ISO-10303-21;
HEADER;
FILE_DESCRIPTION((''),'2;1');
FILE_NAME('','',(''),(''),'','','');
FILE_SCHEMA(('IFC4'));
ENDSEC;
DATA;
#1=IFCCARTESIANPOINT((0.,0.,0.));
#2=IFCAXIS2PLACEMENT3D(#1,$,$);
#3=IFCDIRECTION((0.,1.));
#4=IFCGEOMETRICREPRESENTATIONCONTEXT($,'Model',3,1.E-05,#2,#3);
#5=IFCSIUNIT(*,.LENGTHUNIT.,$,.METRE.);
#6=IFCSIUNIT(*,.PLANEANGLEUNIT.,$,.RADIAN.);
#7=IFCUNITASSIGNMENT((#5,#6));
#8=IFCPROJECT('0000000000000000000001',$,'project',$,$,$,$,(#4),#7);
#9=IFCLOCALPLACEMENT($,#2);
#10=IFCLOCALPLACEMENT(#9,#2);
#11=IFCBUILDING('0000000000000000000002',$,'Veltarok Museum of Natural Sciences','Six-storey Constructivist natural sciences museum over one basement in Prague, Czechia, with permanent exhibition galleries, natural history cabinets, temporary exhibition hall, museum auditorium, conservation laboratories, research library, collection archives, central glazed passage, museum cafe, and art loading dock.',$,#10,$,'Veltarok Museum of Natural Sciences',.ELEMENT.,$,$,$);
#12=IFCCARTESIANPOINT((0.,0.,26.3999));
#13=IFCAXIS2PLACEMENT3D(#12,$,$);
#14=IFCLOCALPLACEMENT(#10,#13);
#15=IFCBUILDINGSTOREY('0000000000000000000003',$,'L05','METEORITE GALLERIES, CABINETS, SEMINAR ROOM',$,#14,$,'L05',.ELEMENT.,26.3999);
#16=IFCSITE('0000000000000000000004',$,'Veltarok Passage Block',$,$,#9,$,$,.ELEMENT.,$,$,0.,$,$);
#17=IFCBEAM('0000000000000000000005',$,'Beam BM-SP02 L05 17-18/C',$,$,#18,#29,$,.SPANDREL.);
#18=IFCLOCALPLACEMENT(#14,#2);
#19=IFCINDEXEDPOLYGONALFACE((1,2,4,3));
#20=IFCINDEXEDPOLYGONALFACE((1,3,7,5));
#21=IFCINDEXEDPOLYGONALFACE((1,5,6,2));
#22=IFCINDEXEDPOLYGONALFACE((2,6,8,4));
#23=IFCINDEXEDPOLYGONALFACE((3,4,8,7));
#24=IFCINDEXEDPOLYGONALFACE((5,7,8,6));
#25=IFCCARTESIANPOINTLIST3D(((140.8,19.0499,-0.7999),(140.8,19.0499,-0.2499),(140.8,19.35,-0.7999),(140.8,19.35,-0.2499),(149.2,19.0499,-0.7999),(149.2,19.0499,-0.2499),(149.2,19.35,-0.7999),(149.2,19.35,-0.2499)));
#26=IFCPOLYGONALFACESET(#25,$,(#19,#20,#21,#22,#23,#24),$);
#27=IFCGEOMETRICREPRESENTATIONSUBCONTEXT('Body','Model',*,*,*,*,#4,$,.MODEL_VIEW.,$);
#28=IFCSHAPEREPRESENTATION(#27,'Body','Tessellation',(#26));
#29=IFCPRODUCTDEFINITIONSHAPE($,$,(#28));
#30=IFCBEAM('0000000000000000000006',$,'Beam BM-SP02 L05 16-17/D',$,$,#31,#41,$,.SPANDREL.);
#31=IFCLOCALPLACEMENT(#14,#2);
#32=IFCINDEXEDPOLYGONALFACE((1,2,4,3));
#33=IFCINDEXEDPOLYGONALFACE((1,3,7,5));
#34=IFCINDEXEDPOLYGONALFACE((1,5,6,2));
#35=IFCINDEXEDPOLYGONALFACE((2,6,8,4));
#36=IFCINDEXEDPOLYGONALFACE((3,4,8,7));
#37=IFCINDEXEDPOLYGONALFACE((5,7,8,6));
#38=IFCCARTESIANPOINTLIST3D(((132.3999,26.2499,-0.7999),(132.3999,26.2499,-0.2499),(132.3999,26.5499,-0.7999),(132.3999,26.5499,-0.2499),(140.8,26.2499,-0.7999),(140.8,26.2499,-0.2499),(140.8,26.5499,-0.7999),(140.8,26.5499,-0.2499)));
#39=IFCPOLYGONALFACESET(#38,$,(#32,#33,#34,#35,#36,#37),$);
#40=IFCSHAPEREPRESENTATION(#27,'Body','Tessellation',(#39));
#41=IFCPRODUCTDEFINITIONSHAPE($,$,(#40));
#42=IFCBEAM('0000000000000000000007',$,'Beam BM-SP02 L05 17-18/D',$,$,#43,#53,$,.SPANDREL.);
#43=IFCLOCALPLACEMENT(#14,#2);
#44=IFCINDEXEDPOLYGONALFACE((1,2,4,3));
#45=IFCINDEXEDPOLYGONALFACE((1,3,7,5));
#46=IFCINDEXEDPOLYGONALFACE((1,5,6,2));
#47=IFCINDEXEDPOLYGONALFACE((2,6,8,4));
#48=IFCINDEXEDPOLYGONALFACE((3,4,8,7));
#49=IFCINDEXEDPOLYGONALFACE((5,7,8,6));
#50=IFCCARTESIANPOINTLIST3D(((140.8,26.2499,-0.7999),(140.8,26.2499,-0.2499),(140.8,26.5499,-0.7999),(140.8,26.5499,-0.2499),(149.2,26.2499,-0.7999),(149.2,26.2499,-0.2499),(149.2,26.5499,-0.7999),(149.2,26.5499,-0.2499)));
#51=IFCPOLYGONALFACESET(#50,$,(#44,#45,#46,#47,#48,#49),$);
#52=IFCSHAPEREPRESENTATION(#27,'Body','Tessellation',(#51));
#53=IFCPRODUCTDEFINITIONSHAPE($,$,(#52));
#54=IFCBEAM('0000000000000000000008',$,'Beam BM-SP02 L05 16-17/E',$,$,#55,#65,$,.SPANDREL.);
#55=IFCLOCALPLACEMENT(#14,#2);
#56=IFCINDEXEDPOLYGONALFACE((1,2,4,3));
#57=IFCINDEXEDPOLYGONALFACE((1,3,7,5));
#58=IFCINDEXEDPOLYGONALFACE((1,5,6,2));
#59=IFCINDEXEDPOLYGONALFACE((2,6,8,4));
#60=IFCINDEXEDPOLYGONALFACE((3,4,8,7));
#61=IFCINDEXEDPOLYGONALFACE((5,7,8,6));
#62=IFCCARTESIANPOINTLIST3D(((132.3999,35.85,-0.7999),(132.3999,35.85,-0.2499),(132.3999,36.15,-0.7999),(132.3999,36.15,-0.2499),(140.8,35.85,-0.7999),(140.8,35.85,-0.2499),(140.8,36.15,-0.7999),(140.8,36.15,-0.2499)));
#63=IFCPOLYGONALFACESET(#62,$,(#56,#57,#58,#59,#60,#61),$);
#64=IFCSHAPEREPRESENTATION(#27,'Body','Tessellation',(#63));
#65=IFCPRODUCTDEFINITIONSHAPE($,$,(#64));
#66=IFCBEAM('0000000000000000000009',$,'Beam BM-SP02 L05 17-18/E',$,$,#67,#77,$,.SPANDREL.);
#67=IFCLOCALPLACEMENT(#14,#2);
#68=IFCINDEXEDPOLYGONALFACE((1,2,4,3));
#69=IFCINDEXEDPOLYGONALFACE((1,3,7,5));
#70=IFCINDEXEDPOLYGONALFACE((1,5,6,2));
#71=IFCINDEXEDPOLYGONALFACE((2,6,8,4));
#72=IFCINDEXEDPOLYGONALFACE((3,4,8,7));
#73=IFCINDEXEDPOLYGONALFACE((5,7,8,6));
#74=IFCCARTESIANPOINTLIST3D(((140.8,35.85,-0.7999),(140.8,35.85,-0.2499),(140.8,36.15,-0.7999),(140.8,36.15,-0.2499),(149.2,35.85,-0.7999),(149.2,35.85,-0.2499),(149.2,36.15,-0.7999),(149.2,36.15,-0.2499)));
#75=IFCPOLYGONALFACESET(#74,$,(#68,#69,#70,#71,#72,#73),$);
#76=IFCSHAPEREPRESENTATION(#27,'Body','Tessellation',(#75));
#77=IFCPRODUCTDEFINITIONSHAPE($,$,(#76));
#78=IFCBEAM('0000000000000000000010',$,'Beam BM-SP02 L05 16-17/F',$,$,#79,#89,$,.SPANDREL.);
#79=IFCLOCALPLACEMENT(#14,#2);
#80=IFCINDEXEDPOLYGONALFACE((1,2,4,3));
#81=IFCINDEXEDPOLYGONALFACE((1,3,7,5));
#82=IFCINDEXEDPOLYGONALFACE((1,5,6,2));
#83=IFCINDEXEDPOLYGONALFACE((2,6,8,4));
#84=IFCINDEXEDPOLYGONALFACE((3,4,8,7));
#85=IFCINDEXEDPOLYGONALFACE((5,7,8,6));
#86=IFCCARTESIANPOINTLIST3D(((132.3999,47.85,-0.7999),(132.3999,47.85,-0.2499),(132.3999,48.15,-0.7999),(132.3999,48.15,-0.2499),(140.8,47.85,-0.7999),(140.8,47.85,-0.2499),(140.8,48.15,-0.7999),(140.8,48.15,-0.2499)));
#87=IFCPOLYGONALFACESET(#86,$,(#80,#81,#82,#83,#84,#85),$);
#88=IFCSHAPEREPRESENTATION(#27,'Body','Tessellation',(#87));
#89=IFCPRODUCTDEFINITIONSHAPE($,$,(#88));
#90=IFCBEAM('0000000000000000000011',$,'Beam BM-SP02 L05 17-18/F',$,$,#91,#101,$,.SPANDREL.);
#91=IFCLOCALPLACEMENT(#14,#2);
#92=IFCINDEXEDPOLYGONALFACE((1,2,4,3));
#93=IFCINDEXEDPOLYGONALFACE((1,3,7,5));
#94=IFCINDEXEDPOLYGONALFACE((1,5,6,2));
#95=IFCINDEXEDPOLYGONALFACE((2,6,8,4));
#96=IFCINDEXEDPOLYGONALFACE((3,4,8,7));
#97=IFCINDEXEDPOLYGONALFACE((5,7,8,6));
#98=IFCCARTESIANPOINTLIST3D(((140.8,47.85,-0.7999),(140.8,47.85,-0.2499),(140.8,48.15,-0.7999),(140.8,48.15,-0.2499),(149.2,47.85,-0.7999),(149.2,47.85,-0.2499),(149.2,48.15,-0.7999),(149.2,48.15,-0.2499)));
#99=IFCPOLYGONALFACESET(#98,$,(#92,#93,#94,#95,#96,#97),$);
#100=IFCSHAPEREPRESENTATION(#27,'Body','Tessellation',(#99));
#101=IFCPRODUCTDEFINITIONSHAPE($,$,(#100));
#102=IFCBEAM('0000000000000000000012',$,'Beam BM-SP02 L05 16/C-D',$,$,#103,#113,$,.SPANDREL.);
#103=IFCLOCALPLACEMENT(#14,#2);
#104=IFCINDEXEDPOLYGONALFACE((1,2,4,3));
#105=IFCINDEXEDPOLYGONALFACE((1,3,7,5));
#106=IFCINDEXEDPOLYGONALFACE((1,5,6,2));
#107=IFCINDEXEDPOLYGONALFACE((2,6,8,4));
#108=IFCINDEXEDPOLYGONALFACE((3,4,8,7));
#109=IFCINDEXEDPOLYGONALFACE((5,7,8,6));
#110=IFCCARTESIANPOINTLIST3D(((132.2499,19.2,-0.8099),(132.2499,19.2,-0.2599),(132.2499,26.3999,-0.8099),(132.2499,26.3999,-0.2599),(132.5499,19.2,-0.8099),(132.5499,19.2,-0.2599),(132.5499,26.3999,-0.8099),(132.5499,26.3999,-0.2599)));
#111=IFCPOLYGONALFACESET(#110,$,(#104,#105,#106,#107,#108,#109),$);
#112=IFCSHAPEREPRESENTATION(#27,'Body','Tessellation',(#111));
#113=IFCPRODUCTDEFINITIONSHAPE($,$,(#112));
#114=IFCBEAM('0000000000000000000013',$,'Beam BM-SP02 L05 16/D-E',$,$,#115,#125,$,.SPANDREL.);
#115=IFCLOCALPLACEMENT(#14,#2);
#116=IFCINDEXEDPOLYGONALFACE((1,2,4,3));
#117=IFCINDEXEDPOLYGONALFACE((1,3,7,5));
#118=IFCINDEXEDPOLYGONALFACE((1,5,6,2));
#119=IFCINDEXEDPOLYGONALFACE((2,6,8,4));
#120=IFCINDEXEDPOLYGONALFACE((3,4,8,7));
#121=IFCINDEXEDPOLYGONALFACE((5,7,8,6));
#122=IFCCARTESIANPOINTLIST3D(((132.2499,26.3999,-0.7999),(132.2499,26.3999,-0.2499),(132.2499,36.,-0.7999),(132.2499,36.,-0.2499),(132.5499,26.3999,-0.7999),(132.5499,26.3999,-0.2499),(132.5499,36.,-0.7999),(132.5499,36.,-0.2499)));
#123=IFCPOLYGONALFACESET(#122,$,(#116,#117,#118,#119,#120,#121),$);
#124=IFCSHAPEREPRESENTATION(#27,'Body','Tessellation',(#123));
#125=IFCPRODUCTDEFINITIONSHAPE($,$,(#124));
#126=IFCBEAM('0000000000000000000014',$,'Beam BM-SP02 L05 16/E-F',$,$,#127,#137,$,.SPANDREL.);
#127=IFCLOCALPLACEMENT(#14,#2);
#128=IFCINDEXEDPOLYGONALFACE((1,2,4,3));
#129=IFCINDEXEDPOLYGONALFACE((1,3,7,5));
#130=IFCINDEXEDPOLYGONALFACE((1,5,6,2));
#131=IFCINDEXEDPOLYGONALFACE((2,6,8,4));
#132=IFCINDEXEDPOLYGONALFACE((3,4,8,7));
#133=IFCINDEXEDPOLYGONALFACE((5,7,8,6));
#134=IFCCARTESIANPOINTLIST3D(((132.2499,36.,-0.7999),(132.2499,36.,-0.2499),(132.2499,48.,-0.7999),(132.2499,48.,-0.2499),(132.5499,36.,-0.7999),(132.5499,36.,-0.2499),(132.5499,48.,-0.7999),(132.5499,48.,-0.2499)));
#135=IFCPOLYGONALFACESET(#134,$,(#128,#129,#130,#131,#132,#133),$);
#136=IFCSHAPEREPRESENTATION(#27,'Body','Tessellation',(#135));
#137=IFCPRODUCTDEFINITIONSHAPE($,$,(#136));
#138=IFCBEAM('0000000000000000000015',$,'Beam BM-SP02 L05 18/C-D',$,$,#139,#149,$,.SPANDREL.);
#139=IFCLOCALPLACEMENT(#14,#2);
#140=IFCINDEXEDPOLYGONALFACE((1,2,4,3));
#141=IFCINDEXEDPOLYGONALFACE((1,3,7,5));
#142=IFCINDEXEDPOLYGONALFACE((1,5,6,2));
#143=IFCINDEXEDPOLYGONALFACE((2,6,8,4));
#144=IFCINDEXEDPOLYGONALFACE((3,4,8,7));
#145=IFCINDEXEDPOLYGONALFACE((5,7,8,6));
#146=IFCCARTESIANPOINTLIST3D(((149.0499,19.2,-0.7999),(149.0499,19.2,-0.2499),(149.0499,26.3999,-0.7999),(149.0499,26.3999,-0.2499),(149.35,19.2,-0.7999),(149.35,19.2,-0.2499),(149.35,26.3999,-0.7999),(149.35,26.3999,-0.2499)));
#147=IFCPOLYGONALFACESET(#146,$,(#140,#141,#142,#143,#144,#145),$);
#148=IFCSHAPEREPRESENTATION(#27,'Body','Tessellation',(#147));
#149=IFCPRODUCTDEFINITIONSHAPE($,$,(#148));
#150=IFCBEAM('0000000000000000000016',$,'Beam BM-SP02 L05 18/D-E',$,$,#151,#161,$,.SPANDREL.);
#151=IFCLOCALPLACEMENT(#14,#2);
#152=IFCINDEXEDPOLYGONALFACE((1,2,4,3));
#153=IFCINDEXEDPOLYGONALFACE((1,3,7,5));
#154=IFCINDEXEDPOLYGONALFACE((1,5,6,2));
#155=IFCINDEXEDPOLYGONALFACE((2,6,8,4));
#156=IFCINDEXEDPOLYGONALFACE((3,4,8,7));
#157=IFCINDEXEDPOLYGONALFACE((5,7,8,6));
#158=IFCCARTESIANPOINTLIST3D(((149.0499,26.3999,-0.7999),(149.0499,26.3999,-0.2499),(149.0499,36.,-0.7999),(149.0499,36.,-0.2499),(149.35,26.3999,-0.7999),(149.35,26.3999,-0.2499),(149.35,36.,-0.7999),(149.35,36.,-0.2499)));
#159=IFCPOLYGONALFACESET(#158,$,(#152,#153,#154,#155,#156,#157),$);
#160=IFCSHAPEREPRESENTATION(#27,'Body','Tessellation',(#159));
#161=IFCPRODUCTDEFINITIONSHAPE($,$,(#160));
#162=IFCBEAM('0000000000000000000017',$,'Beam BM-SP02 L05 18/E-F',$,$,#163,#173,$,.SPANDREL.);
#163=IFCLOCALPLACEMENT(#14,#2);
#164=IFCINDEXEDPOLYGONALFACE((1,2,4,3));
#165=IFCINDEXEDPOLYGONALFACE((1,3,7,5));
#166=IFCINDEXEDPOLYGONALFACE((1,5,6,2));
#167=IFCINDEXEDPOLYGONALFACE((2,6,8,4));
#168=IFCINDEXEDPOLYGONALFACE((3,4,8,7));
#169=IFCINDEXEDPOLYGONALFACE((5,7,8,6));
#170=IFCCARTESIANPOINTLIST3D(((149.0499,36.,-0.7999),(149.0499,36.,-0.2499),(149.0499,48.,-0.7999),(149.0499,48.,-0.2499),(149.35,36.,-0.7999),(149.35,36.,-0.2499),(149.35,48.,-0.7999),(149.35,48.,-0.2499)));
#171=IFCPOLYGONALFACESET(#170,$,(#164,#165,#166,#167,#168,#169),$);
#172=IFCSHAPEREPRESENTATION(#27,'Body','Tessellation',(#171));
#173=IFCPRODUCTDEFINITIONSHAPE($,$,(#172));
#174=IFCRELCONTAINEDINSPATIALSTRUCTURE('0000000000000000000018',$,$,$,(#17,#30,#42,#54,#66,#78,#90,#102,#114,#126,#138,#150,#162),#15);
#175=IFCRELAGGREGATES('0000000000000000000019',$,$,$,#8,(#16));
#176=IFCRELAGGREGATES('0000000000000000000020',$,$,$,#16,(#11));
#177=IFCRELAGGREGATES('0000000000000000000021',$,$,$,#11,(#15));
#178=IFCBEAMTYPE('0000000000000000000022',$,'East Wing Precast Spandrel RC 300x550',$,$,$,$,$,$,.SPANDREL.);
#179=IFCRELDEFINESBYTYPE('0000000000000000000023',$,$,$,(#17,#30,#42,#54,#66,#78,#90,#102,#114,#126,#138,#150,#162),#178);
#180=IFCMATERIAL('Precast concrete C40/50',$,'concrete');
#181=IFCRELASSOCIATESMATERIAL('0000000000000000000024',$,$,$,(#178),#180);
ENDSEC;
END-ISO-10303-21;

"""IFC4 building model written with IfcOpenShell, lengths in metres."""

from ifc_helpers import new_model, si_unit, direction, frame, origin, origin_2d, place, context, subcontext, project, spatial, rectangle, extrude, material, material_profile, profile_set, type_object, element, save


model = new_model("IFC4")

# Units and contexts
model_context = context("Model", 3, precision=1e-05, world=origin(), true_north=direction((0.0, 1.0)))
body_context = subcontext(model_context, "Body", "Model", "MODEL_VIEW")
ifc_project = project(units=[si_unit("LENGTHUNIT", "METRE"), si_unit("PLANEANGLEUNIT", "RADIAN")], contexts=[model_context])

# Site, building, storey
site_placement = place(None, origin())
site = spatial("IfcSite", under=ifc_project, at=site_placement, Name="Veltarok Passage Block", CompositionType="ELEMENT", RefElevation=0.0)
building_placement = place(site_placement, origin())
building = spatial("IfcBuilding", under=site, at=building_placement, Name="Veltarok Museum of Natural Sciences", Description="Six-storey Constructivist natural sciences museum over one basement in Prague, Czechia, with permanent exhibition galleries, natural history cabinets, temporary exhibition hall, museum auditorium, conservation laboratories, research library, collection archives, central glazed passage, museum cafe, and art loading dock.", LongName="Veltarok Museum of Natural Sciences", CompositionType="ELEMENT")
storey_placement = place(building_placement, frame((0.0, 0.0, 26.3999)))
storey = spatial("IfcBuildingStorey", under=building, at=storey_placement, Name="L05", Description="METEORITE GALLERIES, CABINETS, SEMINAR ROOM", LongName="L05", CompositionType="ELEMENT", Elevation=26.3999)

# Beams
ifc_material_1 = material(Name="Precast concrete C40/50", Category="concrete")
ifc_material_profile_1 = material_profile(ifc_material_1, rectangle(XDim=0.3, YDim=0.55, at=origin_2d()), Name="RC 300x550")
ifc_profile_set_1 = profile_set([ifc_material_profile_1], Name="Precast concrete C40/50")
beam_type_1 = type_object("IfcBeamType", Name="East Wing Precast Spandrel RC 300x550", PredefinedType="SPANDREL", material=ifc_profile_set_1)
beam_1_placement = place(storey_placement, frame((140.8, 19.2, -0.5249), z_axis=(1.0, 0.0, 0.0), x_axis=(0.0, 1.0, 0.0)))
element("IfcBeam", 1, at=beam_1_placement, inside=storey, type_object=beam_type_1, Name="Beam BM-SP02 L05 17-18/C", PredefinedType="SPANDREL", context=body_context, shape_type="SweptSolid", body=[
    extrude(rectangle(XDim=0.3, YDim=0.55, at=origin_2d()), origin(), (0.0, 0.0, 1.0), 8.3999),
])
beam_2_placement = place(storey_placement, frame((132.3999, 26.3999, -0.5249), z_axis=(1.0, 0.0, 0.0), x_axis=(0.0, 1.0, 0.0)))
element("IfcBeam", 2, at=beam_2_placement, inside=storey, type_object=beam_type_1, Name="Beam BM-SP02 L05 16-17/D", PredefinedType="SPANDREL", context=body_context, shape_type="SweptSolid", body=[
    extrude(rectangle(XDim=0.3, YDim=0.55, at=origin_2d()), origin(), (0.0, 0.0, 1.0), 8.4001),
])
beam_3_placement = place(storey_placement, frame((140.8, 26.3999, -0.5249), z_axis=(1.0, 0.0, 0.0), x_axis=(0.0, 1.0, 0.0)))
element("IfcBeam", 3, at=beam_3_placement, inside=storey, type_object=beam_type_1, Name="Beam BM-SP02 L05 17-18/D", PredefinedType="SPANDREL", context=body_context, shape_type="SweptSolid", body=[
    extrude(rectangle(XDim=0.3, YDim=0.55, at=origin_2d()), origin(), (0.0, 0.0, 1.0), 8.3999),
])
beam_4_placement = place(storey_placement, frame((132.3999, 36.0, -0.5249), z_axis=(1.0, 0.0, 0.0), x_axis=(0.0, 1.0, 0.0)))
element("IfcBeam", 4, at=beam_4_placement, inside=storey, type_object=beam_type_1, Name="Beam BM-SP02 L05 16-17/E", PredefinedType="SPANDREL", context=body_context, shape_type="SweptSolid", body=[
    extrude(rectangle(XDim=0.3, YDim=0.55, at=origin_2d()), origin(), (0.0, 0.0, 1.0), 8.4001),
])
beam_5_placement = place(storey_placement, frame((140.8, 36.0, -0.5249), z_axis=(1.0, 0.0, 0.0), x_axis=(0.0, 1.0, 0.0)))
element("IfcBeam", 5, at=beam_5_placement, inside=storey, type_object=beam_type_1, Name="Beam BM-SP02 L05 17-18/E", PredefinedType="SPANDREL", context=body_context, shape_type="SweptSolid", body=[
    extrude(rectangle(XDim=0.3, YDim=0.55, at=origin_2d()), origin(), (0.0, 0.0, 1.0), 8.3999),
])
beam_6_placement = place(storey_placement, frame((132.3999, 48.0, -0.5249), z_axis=(1.0, 0.0, 0.0), x_axis=(0.0, 1.0, 0.0)))
element("IfcBeam", 6, at=beam_6_placement, inside=storey, type_object=beam_type_1, Name="Beam BM-SP02 L05 16-17/F", PredefinedType="SPANDREL", context=body_context, shape_type="SweptSolid", body=[
    extrude(rectangle(XDim=0.3, YDim=0.55, at=origin_2d()), origin(), (0.0, 0.0, 1.0), 8.4001),
])
beam_7_placement = place(storey_placement, frame((140.8, 48.0, -0.5249), z_axis=(1.0, 0.0, 0.0), x_axis=(0.0, 1.0, 0.0)))
element("IfcBeam", 7, at=beam_7_placement, inside=storey, type_object=beam_type_1, Name="Beam BM-SP02 L05 17-18/F", PredefinedType="SPANDREL", context=body_context, shape_type="SweptSolid", body=[
    extrude(rectangle(XDim=0.3, YDim=0.55, at=origin_2d()), origin(), (0.0, 0.0, 1.0), 8.3999),
])
beam_8_placement = place(storey_placement, frame((132.3999, 19.2, -0.5349), z_axis=(0.0, 1.0, 0.0), x_axis=(-1.0, 0.0, 0.0)))
element("IfcBeam", 8, at=beam_8_placement, inside=storey, type_object=beam_type_1, Name="Beam BM-SP02 L05 16/C-D", PredefinedType="SPANDREL", context=body_context, shape_type="SweptSolid", body=[
    extrude(rectangle(XDim=0.3, YDim=0.55, at=origin_2d()), origin(), (0.0, 0.0, 1.0), 7.2),
])
beam_9_placement = place(storey_placement, frame((132.3999, 26.3999, -0.5249), z_axis=(0.0, 1.0, 0.0), x_axis=(-1.0, 0.0, 0.0)))
element("IfcBeam", 9, at=beam_9_placement, inside=storey, type_object=beam_type_1, Name="Beam BM-SP02 L05 16/D-E", PredefinedType="SPANDREL", context=body_context, shape_type="SweptSolid", body=[
    extrude(rectangle(XDim=0.3, YDim=0.55, at=origin_2d()), origin(), (0.0, 0.0, 1.0), 9.6001),
])
beam_10_placement = place(storey_placement, frame((132.3999, 36.0, -0.5249), z_axis=(0.0, 1.0, 0.0), x_axis=(-1.0, 0.0, 0.0)))
element("IfcBeam", 10, at=beam_10_placement, inside=storey, type_object=beam_type_1, Name="Beam BM-SP02 L05 16/E-F", PredefinedType="SPANDREL", context=body_context, shape_type="SweptSolid", body=[
    extrude(rectangle(XDim=0.3, YDim=0.55, at=origin_2d()), origin(), (0.0, 0.0, 1.0), 12.0),
])
beam_11_placement = place(storey_placement, frame((149.2, 19.2, -0.5249), z_axis=(0.0, 1.0, 0.0), x_axis=(-1.0, 0.0, 0.0)))
element("IfcBeam", 11, at=beam_11_placement, inside=storey, type_object=beam_type_1, Name="Beam BM-SP02 L05 18/C-D", PredefinedType="SPANDREL", context=body_context, shape_type="SweptSolid", body=[
    extrude(rectangle(XDim=0.3, YDim=0.55, at=origin_2d()), origin(), (0.0, 0.0, 1.0), 7.2),
])
beam_12_placement = place(storey_placement, frame((149.2, 26.3999, -0.5249), z_axis=(0.0, 1.0, 0.0), x_axis=(-1.0, 0.0, 0.0)))
element("IfcBeam", 12, at=beam_12_placement, inside=storey, type_object=beam_type_1, Name="Beam BM-SP02 L05 18/D-E", PredefinedType="SPANDREL", context=body_context, shape_type="SweptSolid", body=[
    extrude(rectangle(XDim=0.3, YDim=0.55, at=origin_2d()), origin(), (0.0, 0.0, 1.0), 9.6001),
])
beam_13_placement = place(storey_placement, frame((149.2, 36.0, -0.5249), z_axis=(0.0, 1.0, 0.0), x_axis=(-1.0, 0.0, 0.0)))
element("IfcBeam", 13, at=beam_13_placement, inside=storey, type_object=beam_type_1, Name="Beam BM-SP02 L05 18/E-F", PredefinedType="SPANDREL", context=body_context, shape_type="SweptSolid", body=[
    extrude(rectangle(XDim=0.3, YDim=0.55, at=origin_2d()), origin(), (0.0, 0.0, 1.0), 12.0),
])

save(model, "model.ifc")
